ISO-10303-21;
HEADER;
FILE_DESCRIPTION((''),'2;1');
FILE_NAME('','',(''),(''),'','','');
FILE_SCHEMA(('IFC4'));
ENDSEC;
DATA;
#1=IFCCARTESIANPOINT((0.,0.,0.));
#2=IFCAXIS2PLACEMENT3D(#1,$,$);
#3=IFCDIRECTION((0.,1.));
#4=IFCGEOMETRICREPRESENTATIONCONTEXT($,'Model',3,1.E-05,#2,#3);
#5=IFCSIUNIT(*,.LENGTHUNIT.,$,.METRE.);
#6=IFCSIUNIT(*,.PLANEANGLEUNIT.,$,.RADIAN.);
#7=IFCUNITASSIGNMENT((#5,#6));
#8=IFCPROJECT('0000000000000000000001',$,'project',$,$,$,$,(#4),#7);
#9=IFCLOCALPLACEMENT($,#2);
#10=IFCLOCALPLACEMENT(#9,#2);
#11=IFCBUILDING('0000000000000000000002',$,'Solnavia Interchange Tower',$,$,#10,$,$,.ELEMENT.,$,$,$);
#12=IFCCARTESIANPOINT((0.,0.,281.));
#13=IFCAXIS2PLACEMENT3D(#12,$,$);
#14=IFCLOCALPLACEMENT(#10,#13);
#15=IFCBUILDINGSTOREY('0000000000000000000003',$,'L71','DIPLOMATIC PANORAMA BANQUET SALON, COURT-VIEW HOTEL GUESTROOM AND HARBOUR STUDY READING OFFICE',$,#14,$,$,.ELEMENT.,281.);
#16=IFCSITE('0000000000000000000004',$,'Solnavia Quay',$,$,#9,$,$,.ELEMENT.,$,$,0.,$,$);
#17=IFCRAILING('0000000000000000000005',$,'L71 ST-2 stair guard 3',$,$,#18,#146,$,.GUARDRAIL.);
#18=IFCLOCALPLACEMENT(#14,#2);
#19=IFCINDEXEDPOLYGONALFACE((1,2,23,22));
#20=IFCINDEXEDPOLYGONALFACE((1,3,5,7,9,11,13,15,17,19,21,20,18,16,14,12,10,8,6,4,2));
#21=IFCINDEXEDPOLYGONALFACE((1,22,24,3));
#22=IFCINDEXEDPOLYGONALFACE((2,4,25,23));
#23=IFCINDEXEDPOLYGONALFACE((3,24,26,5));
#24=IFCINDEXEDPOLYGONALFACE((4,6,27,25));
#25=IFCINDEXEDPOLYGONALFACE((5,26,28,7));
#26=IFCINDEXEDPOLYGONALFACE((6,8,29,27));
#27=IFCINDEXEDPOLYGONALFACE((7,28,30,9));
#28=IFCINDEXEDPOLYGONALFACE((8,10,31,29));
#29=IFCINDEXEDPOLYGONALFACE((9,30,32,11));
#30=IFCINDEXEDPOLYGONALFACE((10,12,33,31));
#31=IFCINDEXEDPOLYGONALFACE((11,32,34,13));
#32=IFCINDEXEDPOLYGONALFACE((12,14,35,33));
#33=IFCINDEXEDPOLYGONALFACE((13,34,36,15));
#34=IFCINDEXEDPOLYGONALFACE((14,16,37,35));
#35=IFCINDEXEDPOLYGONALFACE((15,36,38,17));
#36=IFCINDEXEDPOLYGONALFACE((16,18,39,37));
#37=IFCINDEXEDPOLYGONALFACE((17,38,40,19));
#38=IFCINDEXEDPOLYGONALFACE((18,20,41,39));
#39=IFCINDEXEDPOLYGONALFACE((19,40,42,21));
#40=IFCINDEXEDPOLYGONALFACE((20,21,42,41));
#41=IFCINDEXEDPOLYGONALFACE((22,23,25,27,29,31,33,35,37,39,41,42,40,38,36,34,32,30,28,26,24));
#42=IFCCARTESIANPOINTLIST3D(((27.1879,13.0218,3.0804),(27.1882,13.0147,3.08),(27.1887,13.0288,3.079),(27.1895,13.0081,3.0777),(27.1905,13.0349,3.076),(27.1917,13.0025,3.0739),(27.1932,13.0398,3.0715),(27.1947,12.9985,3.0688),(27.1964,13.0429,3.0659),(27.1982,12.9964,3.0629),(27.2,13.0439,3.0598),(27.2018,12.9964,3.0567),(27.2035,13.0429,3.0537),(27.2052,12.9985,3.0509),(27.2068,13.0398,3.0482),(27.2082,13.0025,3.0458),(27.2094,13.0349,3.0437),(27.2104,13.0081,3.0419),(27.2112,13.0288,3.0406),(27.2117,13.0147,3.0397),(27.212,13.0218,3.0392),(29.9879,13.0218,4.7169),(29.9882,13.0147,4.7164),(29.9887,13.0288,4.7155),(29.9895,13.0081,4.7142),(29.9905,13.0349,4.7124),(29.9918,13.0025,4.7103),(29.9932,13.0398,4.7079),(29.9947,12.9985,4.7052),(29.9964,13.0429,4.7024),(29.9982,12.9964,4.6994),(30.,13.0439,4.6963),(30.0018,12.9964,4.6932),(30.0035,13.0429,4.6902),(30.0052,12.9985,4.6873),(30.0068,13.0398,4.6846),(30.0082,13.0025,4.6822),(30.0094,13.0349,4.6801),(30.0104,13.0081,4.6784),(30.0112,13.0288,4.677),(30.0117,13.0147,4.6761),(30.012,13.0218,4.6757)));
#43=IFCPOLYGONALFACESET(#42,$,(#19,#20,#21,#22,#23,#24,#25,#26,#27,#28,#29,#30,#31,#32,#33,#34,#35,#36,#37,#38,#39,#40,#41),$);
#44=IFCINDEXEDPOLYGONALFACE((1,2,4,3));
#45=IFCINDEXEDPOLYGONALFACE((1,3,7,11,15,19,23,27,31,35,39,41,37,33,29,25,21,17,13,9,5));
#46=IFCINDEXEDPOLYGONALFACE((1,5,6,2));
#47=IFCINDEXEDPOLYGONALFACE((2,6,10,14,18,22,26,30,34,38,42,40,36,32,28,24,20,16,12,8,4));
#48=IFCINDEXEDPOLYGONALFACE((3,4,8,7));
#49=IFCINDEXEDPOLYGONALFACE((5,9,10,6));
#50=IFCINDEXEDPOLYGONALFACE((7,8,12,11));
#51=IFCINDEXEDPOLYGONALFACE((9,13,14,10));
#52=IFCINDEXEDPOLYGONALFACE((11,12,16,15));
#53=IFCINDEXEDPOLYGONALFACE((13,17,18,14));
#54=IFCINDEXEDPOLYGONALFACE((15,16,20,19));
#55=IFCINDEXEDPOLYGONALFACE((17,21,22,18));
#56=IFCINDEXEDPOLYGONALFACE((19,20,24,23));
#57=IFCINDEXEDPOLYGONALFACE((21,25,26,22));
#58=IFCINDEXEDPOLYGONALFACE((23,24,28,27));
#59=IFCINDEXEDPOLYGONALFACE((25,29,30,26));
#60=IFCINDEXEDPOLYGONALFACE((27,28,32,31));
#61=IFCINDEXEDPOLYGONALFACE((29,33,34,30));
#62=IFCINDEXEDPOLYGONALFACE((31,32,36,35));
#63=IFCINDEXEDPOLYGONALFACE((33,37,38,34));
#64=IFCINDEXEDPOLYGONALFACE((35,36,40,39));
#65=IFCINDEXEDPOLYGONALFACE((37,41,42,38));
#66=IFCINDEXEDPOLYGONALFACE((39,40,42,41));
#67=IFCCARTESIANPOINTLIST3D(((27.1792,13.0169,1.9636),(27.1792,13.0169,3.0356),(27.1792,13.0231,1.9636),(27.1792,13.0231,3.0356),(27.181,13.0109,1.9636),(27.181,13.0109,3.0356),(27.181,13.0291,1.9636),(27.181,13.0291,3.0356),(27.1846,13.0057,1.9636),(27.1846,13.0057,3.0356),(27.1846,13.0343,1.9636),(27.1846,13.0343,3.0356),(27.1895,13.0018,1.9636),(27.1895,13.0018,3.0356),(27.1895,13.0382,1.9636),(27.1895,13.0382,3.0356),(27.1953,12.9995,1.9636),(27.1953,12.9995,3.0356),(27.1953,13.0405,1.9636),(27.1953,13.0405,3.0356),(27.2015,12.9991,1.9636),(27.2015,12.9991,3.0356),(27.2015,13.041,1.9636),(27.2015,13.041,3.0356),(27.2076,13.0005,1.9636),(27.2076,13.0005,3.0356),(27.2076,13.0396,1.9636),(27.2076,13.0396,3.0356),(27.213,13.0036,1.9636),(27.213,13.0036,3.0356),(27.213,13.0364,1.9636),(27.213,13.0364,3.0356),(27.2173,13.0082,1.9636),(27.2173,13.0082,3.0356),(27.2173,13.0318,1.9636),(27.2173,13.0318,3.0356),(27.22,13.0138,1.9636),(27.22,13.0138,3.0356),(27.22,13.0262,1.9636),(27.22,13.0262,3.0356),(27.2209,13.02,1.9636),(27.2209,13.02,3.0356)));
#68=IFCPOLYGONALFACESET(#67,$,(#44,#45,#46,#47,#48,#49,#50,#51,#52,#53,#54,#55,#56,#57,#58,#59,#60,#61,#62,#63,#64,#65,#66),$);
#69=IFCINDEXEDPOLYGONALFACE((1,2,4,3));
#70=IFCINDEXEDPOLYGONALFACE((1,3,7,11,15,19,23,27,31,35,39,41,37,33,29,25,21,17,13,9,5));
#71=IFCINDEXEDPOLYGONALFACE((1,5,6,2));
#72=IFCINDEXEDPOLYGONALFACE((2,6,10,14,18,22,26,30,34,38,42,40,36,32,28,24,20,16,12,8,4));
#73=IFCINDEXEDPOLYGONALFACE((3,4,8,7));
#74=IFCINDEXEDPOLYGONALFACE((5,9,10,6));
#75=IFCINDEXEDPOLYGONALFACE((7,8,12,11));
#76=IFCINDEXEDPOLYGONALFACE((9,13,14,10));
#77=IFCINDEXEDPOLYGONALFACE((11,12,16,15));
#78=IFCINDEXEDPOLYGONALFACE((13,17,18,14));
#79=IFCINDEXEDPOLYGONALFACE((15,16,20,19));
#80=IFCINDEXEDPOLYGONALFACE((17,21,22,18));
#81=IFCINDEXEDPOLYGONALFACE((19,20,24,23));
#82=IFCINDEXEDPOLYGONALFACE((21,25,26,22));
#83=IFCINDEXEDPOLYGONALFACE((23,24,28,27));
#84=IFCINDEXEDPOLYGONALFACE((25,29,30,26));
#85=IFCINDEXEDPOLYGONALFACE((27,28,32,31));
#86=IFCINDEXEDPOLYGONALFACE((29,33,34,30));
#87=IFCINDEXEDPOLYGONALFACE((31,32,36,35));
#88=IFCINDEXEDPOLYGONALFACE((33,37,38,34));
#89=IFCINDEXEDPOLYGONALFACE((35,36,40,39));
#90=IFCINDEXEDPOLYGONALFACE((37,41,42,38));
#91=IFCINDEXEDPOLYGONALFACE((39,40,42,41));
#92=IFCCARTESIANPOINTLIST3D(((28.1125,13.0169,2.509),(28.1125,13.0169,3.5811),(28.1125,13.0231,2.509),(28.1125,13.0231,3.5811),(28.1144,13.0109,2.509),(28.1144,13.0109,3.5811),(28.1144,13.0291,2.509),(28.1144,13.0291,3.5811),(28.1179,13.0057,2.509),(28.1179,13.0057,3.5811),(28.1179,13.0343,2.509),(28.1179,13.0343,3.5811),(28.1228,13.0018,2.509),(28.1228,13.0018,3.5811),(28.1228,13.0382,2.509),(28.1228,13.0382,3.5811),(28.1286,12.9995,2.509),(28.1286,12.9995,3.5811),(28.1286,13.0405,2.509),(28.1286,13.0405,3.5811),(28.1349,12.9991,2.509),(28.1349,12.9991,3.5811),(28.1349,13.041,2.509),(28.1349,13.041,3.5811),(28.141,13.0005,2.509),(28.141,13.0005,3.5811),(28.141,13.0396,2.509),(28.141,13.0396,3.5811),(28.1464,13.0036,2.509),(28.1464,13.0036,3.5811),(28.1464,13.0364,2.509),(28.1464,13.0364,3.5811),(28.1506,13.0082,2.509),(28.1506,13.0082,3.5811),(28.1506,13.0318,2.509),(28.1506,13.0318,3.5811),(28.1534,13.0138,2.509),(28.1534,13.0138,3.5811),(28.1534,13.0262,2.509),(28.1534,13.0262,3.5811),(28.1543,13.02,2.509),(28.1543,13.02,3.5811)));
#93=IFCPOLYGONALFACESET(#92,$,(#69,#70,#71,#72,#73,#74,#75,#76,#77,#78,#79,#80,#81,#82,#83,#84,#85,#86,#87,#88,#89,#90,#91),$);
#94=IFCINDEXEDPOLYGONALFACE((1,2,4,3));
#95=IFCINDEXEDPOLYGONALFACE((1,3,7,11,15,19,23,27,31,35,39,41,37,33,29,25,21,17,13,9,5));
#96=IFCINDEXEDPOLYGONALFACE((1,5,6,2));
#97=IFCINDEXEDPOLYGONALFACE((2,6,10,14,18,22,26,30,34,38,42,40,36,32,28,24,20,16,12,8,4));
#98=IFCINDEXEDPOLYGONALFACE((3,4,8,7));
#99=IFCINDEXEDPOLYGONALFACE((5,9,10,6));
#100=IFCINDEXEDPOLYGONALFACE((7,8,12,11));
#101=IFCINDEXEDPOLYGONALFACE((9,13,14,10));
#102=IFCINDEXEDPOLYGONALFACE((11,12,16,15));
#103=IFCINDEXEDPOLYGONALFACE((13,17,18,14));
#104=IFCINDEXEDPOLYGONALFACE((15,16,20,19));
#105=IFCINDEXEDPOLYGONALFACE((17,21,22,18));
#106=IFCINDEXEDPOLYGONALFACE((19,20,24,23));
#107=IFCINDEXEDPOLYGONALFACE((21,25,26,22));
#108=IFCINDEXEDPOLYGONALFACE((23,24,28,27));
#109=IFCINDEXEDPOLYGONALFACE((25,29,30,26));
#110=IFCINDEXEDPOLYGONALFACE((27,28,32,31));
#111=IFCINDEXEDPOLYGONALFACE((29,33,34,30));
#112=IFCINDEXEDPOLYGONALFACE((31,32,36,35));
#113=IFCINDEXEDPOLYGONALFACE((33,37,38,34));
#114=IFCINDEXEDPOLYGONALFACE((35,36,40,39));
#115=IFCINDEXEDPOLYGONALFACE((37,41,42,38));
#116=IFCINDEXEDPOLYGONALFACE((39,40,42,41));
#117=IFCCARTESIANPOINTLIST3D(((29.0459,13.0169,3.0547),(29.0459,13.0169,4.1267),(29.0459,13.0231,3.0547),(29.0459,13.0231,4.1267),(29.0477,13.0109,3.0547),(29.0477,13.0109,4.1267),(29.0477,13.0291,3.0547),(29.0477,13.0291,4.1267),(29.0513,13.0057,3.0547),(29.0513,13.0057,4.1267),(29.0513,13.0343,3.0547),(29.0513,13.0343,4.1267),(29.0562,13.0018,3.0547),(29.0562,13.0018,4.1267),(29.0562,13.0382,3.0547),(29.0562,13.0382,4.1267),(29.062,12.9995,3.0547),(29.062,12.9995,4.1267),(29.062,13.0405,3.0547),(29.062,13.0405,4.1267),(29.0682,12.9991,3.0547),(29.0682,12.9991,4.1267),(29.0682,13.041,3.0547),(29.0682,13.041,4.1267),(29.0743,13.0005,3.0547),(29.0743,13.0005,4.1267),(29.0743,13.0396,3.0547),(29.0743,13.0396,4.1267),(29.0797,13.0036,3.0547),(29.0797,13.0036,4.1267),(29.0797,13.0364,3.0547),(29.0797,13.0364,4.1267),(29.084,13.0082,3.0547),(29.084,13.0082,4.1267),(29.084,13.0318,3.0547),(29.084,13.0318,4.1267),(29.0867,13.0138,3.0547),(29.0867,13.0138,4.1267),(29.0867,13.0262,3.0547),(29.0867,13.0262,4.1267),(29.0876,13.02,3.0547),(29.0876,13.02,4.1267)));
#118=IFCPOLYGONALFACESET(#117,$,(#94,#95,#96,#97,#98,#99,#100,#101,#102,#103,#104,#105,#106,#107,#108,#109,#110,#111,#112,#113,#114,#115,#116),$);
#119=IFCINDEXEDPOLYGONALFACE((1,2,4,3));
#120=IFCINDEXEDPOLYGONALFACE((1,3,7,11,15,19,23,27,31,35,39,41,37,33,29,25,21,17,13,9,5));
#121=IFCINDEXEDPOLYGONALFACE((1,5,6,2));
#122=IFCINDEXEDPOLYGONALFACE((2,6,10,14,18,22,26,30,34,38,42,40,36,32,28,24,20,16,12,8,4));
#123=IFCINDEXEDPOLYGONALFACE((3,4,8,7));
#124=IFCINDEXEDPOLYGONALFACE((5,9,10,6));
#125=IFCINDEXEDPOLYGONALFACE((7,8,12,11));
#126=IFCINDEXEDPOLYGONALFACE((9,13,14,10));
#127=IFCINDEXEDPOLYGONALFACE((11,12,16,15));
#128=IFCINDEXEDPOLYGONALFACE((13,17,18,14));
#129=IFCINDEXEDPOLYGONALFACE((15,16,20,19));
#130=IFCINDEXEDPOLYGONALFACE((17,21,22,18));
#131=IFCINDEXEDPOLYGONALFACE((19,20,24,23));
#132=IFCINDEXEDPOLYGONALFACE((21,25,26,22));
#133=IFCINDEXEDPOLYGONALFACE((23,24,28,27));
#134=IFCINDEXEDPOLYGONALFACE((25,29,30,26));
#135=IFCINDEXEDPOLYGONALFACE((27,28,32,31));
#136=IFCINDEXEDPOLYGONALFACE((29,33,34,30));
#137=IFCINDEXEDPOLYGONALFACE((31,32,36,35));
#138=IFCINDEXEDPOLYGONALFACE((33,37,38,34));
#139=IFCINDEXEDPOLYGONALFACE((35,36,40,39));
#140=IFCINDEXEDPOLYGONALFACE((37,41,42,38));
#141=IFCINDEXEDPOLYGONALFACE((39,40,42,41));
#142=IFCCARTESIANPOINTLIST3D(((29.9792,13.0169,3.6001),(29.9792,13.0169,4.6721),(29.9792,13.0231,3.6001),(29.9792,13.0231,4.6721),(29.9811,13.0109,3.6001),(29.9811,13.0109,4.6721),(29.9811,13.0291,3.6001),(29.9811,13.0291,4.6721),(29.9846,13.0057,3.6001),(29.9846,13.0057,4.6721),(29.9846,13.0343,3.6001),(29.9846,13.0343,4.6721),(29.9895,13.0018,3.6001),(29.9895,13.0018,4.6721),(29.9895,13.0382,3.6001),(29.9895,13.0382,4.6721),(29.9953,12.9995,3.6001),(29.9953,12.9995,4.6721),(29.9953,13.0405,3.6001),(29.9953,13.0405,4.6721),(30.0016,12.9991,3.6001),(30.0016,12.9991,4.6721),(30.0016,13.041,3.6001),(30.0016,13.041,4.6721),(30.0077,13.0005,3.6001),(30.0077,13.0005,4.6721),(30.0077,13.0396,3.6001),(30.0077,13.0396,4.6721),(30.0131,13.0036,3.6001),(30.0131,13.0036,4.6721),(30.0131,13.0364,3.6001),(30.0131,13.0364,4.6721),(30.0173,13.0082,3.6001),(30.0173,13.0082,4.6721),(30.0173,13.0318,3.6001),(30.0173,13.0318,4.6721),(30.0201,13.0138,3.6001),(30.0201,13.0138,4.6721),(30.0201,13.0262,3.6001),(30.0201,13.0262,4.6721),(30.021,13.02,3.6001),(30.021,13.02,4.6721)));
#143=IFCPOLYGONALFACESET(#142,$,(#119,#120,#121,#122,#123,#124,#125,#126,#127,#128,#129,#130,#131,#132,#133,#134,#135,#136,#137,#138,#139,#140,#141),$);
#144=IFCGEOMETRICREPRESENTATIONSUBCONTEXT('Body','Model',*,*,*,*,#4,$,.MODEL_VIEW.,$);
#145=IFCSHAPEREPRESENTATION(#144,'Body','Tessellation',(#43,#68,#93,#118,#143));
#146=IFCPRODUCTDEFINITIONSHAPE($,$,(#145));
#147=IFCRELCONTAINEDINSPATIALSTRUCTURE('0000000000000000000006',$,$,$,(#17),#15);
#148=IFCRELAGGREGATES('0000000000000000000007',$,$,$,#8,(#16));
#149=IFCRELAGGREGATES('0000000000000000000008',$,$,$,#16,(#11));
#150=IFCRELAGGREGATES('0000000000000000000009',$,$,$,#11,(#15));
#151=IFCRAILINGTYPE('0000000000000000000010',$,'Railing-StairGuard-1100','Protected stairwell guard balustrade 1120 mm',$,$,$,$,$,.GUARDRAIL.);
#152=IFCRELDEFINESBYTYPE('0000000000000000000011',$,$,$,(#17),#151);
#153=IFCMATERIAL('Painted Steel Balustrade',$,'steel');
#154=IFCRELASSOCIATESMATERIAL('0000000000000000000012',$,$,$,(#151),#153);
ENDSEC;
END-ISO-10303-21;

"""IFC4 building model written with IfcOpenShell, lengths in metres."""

from ifc_helpers import new_model, si_unit, direction, frame, origin, origin_2d, place, context, subcontext, project, spatial, circle, extrude, material, type_object, element, save


model = new_model("IFC4")

# Units and contexts
model_context = context("Model", 3, precision=1e-05, world=origin(), true_north=direction((0.0, 1.0)))
body_context = subcontext(model_context, "Body", "Model", "MODEL_VIEW")
ifc_project = project(units=[si_unit("LENGTHUNIT", "METRE"), si_unit("PLANEANGLEUNIT", "RADIAN")], contexts=[model_context])

# Site, building, storey
site_placement = place(None, origin())
site = spatial("IfcSite", under=ifc_project, at=site_placement, Name="Solnavia Quay", CompositionType="ELEMENT", RefElevation=0.0)
building_placement = place(site_placement, origin())
building = spatial("IfcBuilding", under=site, at=building_placement, Name="Solnavia Interchange Tower", CompositionType="ELEMENT")
storey_placement = place(building_placement, frame((0.0, 0.0, 281.0)))
storey = spatial("IfcBuildingStorey", under=building, at=storey_placement, Name="L71", Description="DIPLOMATIC PANORAMA BANQUET SALON, COURT-VIEW HOTEL GUESTROOM AND HARBOUR STUDY READING OFFICE", CompositionType="ELEMENT", Elevation=281.0)

# Railing
ifc_material_1 = material(Name="Painted Steel Balustrade", Category="steel")
railing_type_1 = type_object("IfcRailingType", Name="Railing-StairGuard-1100", Description="Protected stairwell guard balustrade 1120 mm", PredefinedType="GUARDRAIL", material=ifc_material_1)
railing_1_placement = place(storey_placement, frame((27.2, 13.02, 1.9636)))
element("IfcRailing", 1, at=railing_1_placement, inside=storey, type_object=railing_type_1, Name="L71 ST-2 stair guard 3", PredefinedType="GUARDRAIL", context=body_context, shape_type="SweptSolid", body=[
    extrude(circle(Radius=0.0239, at=origin_2d()), frame((0.0, 0.0, 1.0962), z_axis=(0.863361, 0.0, 0.504587), x_axis=(0.0, 1.0, 0.0)), (0.0, 0.0, 1.0), 3.2432),
    extrude(circle(Radius=0.021, at=origin_2d()), origin(), (0.0, 0.0, 1.0), 1.072),
    extrude(circle(Radius=0.021, at=origin_2d()), frame((0.9333, 0.0, 0.5454)), (0.0, 0.0, 1.0), 1.072),
    extrude(circle(Radius=0.021, at=origin_2d()), frame((1.8667, 0.0, 1.0911)), (0.0, 0.0, 1.0), 1.072),
    extrude(circle(Radius=0.021, at=origin_2d()), frame((2.8, 0.0, 1.6365)), (0.0, 0.0, 1.0), 1.072),
])

save(model, "model.ifc")
